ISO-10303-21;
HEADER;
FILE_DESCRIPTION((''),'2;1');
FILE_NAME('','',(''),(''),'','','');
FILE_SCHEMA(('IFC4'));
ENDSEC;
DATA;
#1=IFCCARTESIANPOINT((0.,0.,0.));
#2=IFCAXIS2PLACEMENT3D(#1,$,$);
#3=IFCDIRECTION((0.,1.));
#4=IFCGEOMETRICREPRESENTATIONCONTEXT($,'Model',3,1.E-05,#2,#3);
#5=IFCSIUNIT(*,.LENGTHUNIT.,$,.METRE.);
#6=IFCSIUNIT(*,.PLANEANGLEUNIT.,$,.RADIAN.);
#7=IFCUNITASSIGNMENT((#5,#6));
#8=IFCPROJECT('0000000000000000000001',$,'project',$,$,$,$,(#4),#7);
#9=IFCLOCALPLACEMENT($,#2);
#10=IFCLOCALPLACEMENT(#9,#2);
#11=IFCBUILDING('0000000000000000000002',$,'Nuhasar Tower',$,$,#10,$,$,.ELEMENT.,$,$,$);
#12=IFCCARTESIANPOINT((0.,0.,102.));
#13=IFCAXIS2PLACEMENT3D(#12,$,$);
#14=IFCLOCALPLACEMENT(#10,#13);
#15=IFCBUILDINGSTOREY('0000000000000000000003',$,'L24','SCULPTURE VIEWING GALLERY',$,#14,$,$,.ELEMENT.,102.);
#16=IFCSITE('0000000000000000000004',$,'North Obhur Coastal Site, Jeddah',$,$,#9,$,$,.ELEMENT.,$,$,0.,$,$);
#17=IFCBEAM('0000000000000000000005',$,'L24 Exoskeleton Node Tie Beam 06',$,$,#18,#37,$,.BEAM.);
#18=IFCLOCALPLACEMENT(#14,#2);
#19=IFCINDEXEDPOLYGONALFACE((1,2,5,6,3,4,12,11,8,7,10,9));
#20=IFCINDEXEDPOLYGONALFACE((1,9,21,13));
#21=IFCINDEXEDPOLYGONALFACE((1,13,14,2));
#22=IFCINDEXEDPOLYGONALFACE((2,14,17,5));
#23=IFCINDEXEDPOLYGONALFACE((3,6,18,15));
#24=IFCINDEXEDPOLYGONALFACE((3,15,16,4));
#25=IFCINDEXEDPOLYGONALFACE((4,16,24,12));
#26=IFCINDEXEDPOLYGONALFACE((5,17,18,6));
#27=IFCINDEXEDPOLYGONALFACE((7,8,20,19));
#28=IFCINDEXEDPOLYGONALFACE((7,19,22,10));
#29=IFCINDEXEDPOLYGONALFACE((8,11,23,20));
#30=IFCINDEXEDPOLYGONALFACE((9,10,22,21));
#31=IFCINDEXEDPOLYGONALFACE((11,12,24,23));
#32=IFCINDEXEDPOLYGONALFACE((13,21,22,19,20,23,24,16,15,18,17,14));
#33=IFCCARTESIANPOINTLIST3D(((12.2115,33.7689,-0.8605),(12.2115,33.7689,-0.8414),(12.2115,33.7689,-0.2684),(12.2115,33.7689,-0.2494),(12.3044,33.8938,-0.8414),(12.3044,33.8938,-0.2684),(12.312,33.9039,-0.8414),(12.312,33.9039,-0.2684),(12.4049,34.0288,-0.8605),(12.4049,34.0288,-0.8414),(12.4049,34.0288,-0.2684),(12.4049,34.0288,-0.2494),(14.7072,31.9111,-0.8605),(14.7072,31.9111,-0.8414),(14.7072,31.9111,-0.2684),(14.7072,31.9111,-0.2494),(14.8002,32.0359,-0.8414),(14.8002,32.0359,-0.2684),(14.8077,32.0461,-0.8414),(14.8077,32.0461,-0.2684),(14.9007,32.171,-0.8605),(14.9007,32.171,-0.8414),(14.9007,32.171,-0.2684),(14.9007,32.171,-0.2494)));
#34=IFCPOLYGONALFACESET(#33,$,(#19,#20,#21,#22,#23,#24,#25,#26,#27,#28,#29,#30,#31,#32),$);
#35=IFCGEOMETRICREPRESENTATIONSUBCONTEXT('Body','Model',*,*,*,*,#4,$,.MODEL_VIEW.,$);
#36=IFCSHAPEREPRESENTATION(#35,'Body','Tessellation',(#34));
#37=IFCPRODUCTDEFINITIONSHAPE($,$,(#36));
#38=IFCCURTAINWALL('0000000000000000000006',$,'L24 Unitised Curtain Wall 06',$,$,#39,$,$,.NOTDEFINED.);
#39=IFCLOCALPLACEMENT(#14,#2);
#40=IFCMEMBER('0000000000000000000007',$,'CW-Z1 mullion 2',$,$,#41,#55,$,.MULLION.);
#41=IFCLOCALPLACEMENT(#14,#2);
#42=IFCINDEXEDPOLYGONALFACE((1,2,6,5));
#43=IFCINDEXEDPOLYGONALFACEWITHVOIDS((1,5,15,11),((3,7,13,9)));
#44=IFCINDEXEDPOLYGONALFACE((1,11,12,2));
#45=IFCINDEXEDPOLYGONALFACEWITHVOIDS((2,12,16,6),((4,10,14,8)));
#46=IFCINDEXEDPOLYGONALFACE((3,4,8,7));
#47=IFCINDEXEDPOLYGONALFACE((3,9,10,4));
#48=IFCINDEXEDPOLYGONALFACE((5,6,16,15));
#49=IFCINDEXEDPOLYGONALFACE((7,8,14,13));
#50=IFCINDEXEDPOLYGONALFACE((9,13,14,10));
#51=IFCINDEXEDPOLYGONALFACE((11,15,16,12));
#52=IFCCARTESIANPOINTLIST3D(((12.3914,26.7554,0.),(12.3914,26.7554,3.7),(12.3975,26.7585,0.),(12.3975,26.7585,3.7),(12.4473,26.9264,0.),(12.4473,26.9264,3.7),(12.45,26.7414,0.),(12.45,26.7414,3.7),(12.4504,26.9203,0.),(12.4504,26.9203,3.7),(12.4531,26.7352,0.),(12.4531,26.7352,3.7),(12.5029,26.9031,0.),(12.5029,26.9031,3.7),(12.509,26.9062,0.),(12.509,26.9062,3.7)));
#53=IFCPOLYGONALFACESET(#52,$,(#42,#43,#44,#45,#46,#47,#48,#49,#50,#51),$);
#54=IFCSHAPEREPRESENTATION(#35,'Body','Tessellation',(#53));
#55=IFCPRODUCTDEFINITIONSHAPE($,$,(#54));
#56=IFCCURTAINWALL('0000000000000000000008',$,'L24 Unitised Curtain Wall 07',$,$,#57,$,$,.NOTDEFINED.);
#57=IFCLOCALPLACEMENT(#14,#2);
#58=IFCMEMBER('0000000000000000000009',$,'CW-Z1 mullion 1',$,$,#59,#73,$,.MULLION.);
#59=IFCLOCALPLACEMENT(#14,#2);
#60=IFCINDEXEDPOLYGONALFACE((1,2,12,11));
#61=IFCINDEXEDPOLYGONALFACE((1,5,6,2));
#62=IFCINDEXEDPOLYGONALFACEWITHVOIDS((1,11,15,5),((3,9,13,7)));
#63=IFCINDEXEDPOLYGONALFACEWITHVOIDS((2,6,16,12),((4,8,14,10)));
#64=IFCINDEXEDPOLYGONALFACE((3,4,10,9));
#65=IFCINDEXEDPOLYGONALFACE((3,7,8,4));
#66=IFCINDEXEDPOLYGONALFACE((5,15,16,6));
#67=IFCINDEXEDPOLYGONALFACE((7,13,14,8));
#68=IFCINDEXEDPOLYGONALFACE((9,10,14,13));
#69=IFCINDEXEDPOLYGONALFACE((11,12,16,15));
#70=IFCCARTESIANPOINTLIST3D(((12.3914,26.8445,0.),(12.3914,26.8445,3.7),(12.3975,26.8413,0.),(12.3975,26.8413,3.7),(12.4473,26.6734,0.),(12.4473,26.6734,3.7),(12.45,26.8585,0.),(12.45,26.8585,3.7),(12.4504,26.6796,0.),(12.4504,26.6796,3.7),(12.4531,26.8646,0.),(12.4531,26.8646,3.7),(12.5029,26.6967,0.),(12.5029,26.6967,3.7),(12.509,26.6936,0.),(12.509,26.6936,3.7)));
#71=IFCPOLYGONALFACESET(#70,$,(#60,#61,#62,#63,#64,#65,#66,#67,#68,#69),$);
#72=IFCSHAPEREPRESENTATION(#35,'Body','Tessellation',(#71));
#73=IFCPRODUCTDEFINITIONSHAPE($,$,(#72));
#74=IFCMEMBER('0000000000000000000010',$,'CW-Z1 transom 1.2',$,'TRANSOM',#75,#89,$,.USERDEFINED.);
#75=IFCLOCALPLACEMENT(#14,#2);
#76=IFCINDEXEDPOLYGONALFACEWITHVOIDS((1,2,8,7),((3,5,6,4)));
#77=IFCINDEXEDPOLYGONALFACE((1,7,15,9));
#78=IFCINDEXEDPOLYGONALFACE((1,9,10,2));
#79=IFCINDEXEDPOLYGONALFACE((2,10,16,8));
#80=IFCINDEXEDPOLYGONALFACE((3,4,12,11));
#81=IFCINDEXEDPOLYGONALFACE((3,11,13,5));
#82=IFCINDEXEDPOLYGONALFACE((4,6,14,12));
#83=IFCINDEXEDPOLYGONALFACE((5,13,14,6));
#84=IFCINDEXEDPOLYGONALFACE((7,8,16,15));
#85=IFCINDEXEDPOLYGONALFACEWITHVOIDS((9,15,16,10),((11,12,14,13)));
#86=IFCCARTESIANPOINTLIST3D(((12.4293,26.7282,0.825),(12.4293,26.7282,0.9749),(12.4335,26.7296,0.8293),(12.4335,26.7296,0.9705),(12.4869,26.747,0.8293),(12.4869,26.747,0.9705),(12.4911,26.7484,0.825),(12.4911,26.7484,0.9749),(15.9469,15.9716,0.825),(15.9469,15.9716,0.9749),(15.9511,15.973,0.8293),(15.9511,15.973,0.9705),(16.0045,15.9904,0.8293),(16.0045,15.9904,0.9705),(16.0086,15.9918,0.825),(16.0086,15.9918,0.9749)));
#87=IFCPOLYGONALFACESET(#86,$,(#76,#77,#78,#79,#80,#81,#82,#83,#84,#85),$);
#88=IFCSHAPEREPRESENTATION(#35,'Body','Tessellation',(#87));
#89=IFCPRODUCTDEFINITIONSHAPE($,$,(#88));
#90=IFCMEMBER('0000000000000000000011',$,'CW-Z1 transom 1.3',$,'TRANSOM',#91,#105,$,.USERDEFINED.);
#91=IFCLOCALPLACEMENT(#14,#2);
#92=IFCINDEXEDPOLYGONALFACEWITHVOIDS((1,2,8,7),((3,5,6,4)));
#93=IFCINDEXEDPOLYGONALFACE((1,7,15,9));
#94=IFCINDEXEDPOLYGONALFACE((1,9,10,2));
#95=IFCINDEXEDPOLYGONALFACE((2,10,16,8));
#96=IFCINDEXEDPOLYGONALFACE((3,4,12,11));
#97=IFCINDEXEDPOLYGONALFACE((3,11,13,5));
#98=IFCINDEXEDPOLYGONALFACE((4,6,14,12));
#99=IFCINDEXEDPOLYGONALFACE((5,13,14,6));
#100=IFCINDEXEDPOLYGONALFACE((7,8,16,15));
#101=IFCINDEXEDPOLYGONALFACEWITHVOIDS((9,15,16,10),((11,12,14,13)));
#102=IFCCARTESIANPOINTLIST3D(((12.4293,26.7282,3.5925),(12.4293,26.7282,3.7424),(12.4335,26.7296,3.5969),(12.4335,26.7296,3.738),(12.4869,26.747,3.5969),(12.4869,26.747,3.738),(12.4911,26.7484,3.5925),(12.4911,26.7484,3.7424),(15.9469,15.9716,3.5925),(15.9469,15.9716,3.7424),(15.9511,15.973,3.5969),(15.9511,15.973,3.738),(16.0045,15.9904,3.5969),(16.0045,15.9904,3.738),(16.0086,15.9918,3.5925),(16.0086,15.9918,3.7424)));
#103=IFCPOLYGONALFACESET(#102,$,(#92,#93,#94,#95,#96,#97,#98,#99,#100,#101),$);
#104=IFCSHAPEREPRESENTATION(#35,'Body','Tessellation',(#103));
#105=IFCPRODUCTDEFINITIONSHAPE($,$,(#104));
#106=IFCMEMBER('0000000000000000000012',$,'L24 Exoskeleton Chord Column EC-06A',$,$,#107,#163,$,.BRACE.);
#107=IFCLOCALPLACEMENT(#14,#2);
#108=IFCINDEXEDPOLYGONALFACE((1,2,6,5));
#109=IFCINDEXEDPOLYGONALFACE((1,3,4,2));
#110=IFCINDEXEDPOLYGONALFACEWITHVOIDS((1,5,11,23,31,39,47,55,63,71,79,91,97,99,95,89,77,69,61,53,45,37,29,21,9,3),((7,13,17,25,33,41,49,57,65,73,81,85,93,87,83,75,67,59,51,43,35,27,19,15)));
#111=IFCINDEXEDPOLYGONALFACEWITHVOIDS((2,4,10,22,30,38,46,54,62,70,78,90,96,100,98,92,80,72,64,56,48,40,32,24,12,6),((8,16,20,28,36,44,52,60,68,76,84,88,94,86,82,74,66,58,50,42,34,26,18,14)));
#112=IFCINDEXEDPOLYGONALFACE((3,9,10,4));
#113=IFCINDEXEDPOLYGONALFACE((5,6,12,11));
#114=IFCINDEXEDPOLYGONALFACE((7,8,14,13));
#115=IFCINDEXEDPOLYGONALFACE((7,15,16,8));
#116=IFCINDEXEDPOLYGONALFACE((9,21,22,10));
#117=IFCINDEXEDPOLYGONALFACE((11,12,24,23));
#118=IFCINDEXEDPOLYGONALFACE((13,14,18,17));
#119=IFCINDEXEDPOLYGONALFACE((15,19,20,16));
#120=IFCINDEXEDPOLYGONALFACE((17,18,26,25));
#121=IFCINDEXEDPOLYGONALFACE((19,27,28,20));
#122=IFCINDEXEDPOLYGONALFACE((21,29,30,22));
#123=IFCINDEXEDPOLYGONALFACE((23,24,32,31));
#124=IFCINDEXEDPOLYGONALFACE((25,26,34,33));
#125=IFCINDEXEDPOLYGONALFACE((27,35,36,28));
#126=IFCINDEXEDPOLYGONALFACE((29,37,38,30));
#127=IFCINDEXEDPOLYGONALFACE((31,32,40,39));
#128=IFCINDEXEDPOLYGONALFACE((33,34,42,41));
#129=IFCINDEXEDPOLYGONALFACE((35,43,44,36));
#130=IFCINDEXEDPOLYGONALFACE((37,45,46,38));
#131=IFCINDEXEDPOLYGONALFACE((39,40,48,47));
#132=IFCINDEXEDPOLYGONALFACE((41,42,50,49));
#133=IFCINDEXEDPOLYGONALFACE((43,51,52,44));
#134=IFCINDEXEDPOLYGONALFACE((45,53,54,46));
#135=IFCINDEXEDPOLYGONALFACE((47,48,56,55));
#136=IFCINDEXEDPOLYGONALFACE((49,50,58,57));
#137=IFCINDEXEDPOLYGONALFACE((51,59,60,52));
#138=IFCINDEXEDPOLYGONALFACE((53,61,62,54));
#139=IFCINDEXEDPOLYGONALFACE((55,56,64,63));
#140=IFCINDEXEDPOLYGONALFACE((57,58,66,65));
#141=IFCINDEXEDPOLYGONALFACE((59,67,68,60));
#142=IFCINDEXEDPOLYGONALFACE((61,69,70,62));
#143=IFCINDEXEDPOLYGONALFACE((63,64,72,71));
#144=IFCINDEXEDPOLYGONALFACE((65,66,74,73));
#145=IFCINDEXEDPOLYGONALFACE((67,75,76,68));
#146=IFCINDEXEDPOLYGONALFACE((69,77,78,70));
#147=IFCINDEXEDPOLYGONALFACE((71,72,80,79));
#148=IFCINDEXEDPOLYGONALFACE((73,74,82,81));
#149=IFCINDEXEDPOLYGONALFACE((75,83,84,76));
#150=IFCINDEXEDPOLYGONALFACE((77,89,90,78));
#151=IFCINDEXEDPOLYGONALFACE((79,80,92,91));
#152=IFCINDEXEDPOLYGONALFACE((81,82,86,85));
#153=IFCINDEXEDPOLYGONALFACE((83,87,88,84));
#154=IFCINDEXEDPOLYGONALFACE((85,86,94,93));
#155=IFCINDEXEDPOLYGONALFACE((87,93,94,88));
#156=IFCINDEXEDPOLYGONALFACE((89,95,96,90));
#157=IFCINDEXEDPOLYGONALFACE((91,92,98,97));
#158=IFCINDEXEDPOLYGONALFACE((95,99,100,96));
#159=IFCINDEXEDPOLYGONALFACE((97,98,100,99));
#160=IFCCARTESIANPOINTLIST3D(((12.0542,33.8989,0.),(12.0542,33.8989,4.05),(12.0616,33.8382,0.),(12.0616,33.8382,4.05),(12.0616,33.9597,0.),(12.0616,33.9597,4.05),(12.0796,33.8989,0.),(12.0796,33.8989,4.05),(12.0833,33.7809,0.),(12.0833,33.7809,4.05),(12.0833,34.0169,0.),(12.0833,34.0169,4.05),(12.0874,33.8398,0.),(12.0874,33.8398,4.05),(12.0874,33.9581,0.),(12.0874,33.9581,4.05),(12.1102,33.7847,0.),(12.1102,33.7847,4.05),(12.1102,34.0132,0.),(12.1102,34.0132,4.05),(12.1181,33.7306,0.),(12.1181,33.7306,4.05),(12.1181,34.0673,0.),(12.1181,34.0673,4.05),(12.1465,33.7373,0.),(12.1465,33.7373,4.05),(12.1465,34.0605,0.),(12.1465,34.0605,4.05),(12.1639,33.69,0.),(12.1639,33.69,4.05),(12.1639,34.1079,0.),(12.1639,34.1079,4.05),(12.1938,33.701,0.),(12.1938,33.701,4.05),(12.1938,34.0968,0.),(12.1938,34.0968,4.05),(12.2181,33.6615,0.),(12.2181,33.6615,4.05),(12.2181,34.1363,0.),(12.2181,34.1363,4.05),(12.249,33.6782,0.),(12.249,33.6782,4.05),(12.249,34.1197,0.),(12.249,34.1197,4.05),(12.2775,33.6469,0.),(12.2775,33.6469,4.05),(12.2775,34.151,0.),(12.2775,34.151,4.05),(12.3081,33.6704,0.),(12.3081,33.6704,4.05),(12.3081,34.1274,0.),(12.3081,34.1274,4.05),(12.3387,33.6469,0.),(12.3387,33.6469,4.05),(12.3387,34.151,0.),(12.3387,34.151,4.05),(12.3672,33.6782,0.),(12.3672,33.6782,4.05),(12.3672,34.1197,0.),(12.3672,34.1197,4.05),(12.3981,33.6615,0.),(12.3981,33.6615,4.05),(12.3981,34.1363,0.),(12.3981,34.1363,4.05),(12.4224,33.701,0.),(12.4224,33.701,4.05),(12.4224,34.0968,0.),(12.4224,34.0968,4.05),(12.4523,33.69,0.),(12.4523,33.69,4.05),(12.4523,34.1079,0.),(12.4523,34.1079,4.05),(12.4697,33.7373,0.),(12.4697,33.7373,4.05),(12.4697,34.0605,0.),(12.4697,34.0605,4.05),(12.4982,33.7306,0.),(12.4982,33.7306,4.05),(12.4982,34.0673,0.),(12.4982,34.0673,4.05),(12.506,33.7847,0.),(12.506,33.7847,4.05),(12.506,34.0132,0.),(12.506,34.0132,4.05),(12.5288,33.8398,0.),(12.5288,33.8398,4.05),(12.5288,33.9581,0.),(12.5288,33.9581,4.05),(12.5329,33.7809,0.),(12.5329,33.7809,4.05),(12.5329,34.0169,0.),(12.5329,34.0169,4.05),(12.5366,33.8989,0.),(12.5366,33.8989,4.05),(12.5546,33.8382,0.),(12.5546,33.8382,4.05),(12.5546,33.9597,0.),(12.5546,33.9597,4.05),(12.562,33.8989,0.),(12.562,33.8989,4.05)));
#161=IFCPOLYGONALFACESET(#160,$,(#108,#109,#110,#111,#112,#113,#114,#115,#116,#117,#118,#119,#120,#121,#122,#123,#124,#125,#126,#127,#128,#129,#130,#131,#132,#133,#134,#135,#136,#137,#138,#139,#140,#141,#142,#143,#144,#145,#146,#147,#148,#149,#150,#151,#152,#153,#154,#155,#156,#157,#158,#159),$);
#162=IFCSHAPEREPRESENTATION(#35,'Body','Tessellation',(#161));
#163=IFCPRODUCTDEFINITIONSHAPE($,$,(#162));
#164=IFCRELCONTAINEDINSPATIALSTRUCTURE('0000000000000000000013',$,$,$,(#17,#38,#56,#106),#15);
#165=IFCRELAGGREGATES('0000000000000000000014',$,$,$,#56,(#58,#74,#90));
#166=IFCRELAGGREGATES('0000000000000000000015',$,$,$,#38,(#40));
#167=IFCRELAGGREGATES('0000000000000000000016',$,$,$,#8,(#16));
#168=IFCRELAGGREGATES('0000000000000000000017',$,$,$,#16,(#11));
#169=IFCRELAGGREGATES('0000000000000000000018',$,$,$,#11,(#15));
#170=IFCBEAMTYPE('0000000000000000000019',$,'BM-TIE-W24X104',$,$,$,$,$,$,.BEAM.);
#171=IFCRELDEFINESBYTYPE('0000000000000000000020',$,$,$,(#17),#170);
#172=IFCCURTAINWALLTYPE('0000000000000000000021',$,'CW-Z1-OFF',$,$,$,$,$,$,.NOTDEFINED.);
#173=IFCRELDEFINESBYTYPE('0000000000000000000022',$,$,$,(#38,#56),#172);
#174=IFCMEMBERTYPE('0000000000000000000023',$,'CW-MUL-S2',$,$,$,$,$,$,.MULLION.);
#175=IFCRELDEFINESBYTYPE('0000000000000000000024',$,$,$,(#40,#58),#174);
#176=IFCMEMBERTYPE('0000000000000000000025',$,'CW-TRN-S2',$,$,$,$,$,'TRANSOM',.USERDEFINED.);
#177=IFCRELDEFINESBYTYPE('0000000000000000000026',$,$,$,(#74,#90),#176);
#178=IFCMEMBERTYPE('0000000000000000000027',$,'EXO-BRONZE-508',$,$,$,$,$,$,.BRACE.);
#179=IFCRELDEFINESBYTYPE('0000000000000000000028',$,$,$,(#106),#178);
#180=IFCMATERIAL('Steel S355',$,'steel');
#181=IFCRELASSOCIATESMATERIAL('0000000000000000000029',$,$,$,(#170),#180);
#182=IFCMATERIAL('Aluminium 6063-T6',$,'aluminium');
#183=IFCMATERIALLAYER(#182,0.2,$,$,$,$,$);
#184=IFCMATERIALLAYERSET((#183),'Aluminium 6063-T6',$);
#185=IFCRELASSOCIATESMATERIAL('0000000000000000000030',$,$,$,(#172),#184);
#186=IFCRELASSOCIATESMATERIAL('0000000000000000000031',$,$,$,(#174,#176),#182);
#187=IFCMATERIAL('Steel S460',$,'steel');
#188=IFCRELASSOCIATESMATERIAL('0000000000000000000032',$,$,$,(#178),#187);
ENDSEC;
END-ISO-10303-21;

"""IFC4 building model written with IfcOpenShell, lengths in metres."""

from ifc_helpers import new_model, si_unit, direction, frame, origin, origin_2d, place, context, subcontext, project, spatial, hollow_rectangle, hollow_circle, i_section, extrude, material, layer, layer_set, material_profile, profile_set, type_object, element, aggregate, save


model = new_model("IFC4")

# Units and contexts
model_context = context("Model", 3, precision=1e-05, world=origin(), true_north=direction((0.0, 1.0)))
body_context = subcontext(model_context, "Body", "Model", "MODEL_VIEW")
ifc_project = project(units=[si_unit("LENGTHUNIT", "METRE"), si_unit("PLANEANGLEUNIT", "RADIAN")], contexts=[model_context])

# Site, building, storey
site_placement = place(None, origin())
site = spatial("IfcSite", under=ifc_project, at=site_placement, Name="North Obhur Coastal Site, Jeddah", CompositionType="ELEMENT", RefElevation=0.0)
building_placement = place(site_placement, origin())
building = spatial("IfcBuilding", under=site, at=building_placement, Name="Nuhasar Tower", CompositionType="ELEMENT")
storey_placement = place(building_placement, frame((0.0, 0.0, 102.0)))
storey = spatial("IfcBuildingStorey", under=building, at=storey_placement, Name="L24", Description="SCULPTURE VIEWING GALLERY", CompositionType="ELEMENT", Elevation=102.0)

# Beam
ifc_material_1 = material(Name="Steel S355", Category="steel")
ifc_material_profile_1 = material_profile(ifc_material_1, i_section(OverallWidth=0.324, OverallDepth=0.6111, WebThickness=0.0127, FlangeThickness=0.019, at=origin_2d()), Name="W24X104")
ifc_profile_set_1 = profile_set([ifc_material_profile_1], Name="Steel S355")
beam_type_1 = type_object("IfcBeamType", Name="BM-TIE-W24X104", PredefinedType="BEAM", material=ifc_profile_set_1)
beam_1_placement = place(storey_placement, frame((14.804, 32.041, -0.5549), z_axis=(-0.802151, 0.597121, 0.0), x_axis=(-0.597121, -0.802151, 0.0)))
element("IfcBeam", 1, at=beam_1_placement, inside=storey, type_object=beam_type_1, Name="L24 Exoskeleton Node Tie Beam 06", PredefinedType="BEAM", context=body_context, shape_type="SweptSolid", body=[
    extrude(i_section(OverallWidth=0.324, OverallDepth=0.6111, WebThickness=0.0127, FlangeThickness=0.019, at=origin_2d()), origin(), (0.0, 0.0, 1.0), 3.1113),
])

# Curtain wall, member
ifc_material_2 = material(Name="Aluminium 6063-T6", Category="aluminium")
ifc_layer_1 = layer(ifc_material_2, 0.2)
ifc_layer_set_1 = layer_set([ifc_layer_1], Name="Aluminium 6063-T6")
curtain_wall_type = type_object("IfcCurtainWallType", Name="CW-Z1-OFF", PredefinedType="NOTDEFINED", material=ifc_layer_set_1)
curtain_wall_1_placement = place(storey_placement, origin())
curtain_wall_1 = element("IfcCurtainWall", 2, at=curtain_wall_1_placement, inside=storey, type_object=curtain_wall_type, Name="L24 Unitised Curtain Wall 06", PredefinedType="NOTDEFINED")
ifc_material_profile_2 = material_profile(ifc_material_2, hollow_rectangle(XDim=0.0649, YDim=0.1799, WallThickness=0.0049, at=origin_2d()), Name="CWM-2")
ifc_profile_set_2 = profile_set([ifc_material_profile_2], Name="Aluminium 6063-T6")
member_type_1 = type_object("IfcMemberType", Name="CW-MUL-S2", PredefinedType="MULLION", material=ifc_profile_set_2)
member_1_placement = place(storey_placement, frame((12.4502, 26.8308, 0.0), z_axis=(0.0, 0.0, 1.0), x_axis=(0.950468, -0.310824, 0.0)))
member_1 = element("IfcMember", 3, at=member_1_placement, type_object=member_type_1, Name="CW-Z1 mullion 2", PredefinedType="MULLION", context=body_context, shape_type="SweptSolid", body=[
    extrude(hollow_rectangle(XDim=0.0649, YDim=0.1799, WallThickness=0.0049, at=origin_2d()), origin(), (0.0, 0.0, 1.0), 3.7),
])

# Curtain wall, members
curtain_wall_2_placement = place(storey_placement, origin())
curtain_wall_2 = element("IfcCurtainWall", 4, at=curtain_wall_2_placement, inside=storey, type_object=curtain_wall_type, Name="L24 Unitised Curtain Wall 07", PredefinedType="NOTDEFINED")
member_2_placement = place(storey_placement, frame((12.4502, 26.769, 0.0), z_axis=(0.0, 0.0, 1.0), x_axis=(0.950468, 0.310824, 0.0)))
member_2 = element("IfcMember", 5, at=member_2_placement, type_object=member_type_1, Name="CW-Z1 mullion 1", PredefinedType="MULLION", context=body_context, shape_type="SweptSolid", body=[
    extrude(hollow_rectangle(XDim=0.0649, YDim=0.1799, WallThickness=0.0049, at=origin_2d()), origin(), (0.0, 0.0, 1.0), 3.7),
])
ifc_material_profile_3 = material_profile(ifc_material_2, hollow_rectangle(XDim=0.0649, YDim=0.1499, WallThickness=0.0044, at=origin_2d()), Name="CWT-2")
ifc_profile_set_3 = profile_set([ifc_material_profile_3], Name="Aluminium 6063-T6")
member_type_2 = type_object("IfcMemberType", Name="CW-TRN-S2", ElementType="TRANSOM", PredefinedType="USERDEFINED", material=ifc_profile_set_3)
member_3_placement = place(storey_placement, frame((12.4602, 26.7383, 0.8999), z_axis=(0.310819, -0.950469, 0.0), x_axis=(0.950469, 0.310819, 0.0)))
member_3 = element("IfcMember", 6, at=member_3_placement, type_object=member_type_2, Name="CW-Z1 transom 1.2", ObjectType="TRANSOM", PredefinedType="USERDEFINED", context=body_context, shape_type="SweptSolid", body=[
    extrude(hollow_rectangle(XDim=0.0649, YDim=0.1499, WallThickness=0.0044, at=origin_2d()), origin(), (0.0, 0.0, 1.0), 11.3171),
])
member_4_placement = place(storey_placement, frame((12.4602, 26.7383, 3.6675), z_axis=(0.310819, -0.950469, 0.0), x_axis=(0.950469, 0.310819, 0.0)))
member_4 = element("IfcMember", 7, at=member_4_placement, type_object=member_type_2, Name="CW-Z1 transom 1.3", ObjectType="TRANSOM", PredefinedType="USERDEFINED", context=body_context, shape_type="SweptSolid", body=[
    extrude(hollow_rectangle(XDim=0.0649, YDim=0.1499, WallThickness=0.0044, at=origin_2d()), origin(), (0.0, 0.0, 1.0), 11.3171),
])
aggregate(curtain_wall_2, [member_2, member_3, member_4])

# Member
ifc_material_3 = material(Name="Steel S460", Category="steel")
ifc_material_profile_4 = material_profile(ifc_material_3, hollow_circle(Radius=0.2539, WallThickness=0.0254, at=origin_2d()), Name="HSS508X25.4")
ifc_profile_set_4 = profile_set([ifc_material_profile_4], Name="Steel S460")
member_type_3 = type_object("IfcMemberType", Name="EXO-BRONZE-508", PredefinedType="BRACE", material=ifc_profile_set_4)
for number, where, z_axis, x_axis, name in (
    (8, (12.3081, 33.8989, 0.0), (0.0, 0.0, 1.0), (1.0, 0.0, 0.0), "L24 Exoskeleton Chord Column EC-06A"),
):
    element("IfcMember", number, at=place(storey_placement, frame(where, z_axis=z_axis, x_axis=x_axis)), inside=storey, type_object=member_type_3, Name=name, PredefinedType="BRACE", context=body_context, shape_type="SweptSolid", body=[
        extrude(hollow_circle(Radius=0.2539, WallThickness=0.0254, at=origin_2d()), origin(), (0.0, 0.0, 1.0), 4.05),
    ])

aggregate(curtain_wall_1, [member_1])

save(model, "model.ifc")
